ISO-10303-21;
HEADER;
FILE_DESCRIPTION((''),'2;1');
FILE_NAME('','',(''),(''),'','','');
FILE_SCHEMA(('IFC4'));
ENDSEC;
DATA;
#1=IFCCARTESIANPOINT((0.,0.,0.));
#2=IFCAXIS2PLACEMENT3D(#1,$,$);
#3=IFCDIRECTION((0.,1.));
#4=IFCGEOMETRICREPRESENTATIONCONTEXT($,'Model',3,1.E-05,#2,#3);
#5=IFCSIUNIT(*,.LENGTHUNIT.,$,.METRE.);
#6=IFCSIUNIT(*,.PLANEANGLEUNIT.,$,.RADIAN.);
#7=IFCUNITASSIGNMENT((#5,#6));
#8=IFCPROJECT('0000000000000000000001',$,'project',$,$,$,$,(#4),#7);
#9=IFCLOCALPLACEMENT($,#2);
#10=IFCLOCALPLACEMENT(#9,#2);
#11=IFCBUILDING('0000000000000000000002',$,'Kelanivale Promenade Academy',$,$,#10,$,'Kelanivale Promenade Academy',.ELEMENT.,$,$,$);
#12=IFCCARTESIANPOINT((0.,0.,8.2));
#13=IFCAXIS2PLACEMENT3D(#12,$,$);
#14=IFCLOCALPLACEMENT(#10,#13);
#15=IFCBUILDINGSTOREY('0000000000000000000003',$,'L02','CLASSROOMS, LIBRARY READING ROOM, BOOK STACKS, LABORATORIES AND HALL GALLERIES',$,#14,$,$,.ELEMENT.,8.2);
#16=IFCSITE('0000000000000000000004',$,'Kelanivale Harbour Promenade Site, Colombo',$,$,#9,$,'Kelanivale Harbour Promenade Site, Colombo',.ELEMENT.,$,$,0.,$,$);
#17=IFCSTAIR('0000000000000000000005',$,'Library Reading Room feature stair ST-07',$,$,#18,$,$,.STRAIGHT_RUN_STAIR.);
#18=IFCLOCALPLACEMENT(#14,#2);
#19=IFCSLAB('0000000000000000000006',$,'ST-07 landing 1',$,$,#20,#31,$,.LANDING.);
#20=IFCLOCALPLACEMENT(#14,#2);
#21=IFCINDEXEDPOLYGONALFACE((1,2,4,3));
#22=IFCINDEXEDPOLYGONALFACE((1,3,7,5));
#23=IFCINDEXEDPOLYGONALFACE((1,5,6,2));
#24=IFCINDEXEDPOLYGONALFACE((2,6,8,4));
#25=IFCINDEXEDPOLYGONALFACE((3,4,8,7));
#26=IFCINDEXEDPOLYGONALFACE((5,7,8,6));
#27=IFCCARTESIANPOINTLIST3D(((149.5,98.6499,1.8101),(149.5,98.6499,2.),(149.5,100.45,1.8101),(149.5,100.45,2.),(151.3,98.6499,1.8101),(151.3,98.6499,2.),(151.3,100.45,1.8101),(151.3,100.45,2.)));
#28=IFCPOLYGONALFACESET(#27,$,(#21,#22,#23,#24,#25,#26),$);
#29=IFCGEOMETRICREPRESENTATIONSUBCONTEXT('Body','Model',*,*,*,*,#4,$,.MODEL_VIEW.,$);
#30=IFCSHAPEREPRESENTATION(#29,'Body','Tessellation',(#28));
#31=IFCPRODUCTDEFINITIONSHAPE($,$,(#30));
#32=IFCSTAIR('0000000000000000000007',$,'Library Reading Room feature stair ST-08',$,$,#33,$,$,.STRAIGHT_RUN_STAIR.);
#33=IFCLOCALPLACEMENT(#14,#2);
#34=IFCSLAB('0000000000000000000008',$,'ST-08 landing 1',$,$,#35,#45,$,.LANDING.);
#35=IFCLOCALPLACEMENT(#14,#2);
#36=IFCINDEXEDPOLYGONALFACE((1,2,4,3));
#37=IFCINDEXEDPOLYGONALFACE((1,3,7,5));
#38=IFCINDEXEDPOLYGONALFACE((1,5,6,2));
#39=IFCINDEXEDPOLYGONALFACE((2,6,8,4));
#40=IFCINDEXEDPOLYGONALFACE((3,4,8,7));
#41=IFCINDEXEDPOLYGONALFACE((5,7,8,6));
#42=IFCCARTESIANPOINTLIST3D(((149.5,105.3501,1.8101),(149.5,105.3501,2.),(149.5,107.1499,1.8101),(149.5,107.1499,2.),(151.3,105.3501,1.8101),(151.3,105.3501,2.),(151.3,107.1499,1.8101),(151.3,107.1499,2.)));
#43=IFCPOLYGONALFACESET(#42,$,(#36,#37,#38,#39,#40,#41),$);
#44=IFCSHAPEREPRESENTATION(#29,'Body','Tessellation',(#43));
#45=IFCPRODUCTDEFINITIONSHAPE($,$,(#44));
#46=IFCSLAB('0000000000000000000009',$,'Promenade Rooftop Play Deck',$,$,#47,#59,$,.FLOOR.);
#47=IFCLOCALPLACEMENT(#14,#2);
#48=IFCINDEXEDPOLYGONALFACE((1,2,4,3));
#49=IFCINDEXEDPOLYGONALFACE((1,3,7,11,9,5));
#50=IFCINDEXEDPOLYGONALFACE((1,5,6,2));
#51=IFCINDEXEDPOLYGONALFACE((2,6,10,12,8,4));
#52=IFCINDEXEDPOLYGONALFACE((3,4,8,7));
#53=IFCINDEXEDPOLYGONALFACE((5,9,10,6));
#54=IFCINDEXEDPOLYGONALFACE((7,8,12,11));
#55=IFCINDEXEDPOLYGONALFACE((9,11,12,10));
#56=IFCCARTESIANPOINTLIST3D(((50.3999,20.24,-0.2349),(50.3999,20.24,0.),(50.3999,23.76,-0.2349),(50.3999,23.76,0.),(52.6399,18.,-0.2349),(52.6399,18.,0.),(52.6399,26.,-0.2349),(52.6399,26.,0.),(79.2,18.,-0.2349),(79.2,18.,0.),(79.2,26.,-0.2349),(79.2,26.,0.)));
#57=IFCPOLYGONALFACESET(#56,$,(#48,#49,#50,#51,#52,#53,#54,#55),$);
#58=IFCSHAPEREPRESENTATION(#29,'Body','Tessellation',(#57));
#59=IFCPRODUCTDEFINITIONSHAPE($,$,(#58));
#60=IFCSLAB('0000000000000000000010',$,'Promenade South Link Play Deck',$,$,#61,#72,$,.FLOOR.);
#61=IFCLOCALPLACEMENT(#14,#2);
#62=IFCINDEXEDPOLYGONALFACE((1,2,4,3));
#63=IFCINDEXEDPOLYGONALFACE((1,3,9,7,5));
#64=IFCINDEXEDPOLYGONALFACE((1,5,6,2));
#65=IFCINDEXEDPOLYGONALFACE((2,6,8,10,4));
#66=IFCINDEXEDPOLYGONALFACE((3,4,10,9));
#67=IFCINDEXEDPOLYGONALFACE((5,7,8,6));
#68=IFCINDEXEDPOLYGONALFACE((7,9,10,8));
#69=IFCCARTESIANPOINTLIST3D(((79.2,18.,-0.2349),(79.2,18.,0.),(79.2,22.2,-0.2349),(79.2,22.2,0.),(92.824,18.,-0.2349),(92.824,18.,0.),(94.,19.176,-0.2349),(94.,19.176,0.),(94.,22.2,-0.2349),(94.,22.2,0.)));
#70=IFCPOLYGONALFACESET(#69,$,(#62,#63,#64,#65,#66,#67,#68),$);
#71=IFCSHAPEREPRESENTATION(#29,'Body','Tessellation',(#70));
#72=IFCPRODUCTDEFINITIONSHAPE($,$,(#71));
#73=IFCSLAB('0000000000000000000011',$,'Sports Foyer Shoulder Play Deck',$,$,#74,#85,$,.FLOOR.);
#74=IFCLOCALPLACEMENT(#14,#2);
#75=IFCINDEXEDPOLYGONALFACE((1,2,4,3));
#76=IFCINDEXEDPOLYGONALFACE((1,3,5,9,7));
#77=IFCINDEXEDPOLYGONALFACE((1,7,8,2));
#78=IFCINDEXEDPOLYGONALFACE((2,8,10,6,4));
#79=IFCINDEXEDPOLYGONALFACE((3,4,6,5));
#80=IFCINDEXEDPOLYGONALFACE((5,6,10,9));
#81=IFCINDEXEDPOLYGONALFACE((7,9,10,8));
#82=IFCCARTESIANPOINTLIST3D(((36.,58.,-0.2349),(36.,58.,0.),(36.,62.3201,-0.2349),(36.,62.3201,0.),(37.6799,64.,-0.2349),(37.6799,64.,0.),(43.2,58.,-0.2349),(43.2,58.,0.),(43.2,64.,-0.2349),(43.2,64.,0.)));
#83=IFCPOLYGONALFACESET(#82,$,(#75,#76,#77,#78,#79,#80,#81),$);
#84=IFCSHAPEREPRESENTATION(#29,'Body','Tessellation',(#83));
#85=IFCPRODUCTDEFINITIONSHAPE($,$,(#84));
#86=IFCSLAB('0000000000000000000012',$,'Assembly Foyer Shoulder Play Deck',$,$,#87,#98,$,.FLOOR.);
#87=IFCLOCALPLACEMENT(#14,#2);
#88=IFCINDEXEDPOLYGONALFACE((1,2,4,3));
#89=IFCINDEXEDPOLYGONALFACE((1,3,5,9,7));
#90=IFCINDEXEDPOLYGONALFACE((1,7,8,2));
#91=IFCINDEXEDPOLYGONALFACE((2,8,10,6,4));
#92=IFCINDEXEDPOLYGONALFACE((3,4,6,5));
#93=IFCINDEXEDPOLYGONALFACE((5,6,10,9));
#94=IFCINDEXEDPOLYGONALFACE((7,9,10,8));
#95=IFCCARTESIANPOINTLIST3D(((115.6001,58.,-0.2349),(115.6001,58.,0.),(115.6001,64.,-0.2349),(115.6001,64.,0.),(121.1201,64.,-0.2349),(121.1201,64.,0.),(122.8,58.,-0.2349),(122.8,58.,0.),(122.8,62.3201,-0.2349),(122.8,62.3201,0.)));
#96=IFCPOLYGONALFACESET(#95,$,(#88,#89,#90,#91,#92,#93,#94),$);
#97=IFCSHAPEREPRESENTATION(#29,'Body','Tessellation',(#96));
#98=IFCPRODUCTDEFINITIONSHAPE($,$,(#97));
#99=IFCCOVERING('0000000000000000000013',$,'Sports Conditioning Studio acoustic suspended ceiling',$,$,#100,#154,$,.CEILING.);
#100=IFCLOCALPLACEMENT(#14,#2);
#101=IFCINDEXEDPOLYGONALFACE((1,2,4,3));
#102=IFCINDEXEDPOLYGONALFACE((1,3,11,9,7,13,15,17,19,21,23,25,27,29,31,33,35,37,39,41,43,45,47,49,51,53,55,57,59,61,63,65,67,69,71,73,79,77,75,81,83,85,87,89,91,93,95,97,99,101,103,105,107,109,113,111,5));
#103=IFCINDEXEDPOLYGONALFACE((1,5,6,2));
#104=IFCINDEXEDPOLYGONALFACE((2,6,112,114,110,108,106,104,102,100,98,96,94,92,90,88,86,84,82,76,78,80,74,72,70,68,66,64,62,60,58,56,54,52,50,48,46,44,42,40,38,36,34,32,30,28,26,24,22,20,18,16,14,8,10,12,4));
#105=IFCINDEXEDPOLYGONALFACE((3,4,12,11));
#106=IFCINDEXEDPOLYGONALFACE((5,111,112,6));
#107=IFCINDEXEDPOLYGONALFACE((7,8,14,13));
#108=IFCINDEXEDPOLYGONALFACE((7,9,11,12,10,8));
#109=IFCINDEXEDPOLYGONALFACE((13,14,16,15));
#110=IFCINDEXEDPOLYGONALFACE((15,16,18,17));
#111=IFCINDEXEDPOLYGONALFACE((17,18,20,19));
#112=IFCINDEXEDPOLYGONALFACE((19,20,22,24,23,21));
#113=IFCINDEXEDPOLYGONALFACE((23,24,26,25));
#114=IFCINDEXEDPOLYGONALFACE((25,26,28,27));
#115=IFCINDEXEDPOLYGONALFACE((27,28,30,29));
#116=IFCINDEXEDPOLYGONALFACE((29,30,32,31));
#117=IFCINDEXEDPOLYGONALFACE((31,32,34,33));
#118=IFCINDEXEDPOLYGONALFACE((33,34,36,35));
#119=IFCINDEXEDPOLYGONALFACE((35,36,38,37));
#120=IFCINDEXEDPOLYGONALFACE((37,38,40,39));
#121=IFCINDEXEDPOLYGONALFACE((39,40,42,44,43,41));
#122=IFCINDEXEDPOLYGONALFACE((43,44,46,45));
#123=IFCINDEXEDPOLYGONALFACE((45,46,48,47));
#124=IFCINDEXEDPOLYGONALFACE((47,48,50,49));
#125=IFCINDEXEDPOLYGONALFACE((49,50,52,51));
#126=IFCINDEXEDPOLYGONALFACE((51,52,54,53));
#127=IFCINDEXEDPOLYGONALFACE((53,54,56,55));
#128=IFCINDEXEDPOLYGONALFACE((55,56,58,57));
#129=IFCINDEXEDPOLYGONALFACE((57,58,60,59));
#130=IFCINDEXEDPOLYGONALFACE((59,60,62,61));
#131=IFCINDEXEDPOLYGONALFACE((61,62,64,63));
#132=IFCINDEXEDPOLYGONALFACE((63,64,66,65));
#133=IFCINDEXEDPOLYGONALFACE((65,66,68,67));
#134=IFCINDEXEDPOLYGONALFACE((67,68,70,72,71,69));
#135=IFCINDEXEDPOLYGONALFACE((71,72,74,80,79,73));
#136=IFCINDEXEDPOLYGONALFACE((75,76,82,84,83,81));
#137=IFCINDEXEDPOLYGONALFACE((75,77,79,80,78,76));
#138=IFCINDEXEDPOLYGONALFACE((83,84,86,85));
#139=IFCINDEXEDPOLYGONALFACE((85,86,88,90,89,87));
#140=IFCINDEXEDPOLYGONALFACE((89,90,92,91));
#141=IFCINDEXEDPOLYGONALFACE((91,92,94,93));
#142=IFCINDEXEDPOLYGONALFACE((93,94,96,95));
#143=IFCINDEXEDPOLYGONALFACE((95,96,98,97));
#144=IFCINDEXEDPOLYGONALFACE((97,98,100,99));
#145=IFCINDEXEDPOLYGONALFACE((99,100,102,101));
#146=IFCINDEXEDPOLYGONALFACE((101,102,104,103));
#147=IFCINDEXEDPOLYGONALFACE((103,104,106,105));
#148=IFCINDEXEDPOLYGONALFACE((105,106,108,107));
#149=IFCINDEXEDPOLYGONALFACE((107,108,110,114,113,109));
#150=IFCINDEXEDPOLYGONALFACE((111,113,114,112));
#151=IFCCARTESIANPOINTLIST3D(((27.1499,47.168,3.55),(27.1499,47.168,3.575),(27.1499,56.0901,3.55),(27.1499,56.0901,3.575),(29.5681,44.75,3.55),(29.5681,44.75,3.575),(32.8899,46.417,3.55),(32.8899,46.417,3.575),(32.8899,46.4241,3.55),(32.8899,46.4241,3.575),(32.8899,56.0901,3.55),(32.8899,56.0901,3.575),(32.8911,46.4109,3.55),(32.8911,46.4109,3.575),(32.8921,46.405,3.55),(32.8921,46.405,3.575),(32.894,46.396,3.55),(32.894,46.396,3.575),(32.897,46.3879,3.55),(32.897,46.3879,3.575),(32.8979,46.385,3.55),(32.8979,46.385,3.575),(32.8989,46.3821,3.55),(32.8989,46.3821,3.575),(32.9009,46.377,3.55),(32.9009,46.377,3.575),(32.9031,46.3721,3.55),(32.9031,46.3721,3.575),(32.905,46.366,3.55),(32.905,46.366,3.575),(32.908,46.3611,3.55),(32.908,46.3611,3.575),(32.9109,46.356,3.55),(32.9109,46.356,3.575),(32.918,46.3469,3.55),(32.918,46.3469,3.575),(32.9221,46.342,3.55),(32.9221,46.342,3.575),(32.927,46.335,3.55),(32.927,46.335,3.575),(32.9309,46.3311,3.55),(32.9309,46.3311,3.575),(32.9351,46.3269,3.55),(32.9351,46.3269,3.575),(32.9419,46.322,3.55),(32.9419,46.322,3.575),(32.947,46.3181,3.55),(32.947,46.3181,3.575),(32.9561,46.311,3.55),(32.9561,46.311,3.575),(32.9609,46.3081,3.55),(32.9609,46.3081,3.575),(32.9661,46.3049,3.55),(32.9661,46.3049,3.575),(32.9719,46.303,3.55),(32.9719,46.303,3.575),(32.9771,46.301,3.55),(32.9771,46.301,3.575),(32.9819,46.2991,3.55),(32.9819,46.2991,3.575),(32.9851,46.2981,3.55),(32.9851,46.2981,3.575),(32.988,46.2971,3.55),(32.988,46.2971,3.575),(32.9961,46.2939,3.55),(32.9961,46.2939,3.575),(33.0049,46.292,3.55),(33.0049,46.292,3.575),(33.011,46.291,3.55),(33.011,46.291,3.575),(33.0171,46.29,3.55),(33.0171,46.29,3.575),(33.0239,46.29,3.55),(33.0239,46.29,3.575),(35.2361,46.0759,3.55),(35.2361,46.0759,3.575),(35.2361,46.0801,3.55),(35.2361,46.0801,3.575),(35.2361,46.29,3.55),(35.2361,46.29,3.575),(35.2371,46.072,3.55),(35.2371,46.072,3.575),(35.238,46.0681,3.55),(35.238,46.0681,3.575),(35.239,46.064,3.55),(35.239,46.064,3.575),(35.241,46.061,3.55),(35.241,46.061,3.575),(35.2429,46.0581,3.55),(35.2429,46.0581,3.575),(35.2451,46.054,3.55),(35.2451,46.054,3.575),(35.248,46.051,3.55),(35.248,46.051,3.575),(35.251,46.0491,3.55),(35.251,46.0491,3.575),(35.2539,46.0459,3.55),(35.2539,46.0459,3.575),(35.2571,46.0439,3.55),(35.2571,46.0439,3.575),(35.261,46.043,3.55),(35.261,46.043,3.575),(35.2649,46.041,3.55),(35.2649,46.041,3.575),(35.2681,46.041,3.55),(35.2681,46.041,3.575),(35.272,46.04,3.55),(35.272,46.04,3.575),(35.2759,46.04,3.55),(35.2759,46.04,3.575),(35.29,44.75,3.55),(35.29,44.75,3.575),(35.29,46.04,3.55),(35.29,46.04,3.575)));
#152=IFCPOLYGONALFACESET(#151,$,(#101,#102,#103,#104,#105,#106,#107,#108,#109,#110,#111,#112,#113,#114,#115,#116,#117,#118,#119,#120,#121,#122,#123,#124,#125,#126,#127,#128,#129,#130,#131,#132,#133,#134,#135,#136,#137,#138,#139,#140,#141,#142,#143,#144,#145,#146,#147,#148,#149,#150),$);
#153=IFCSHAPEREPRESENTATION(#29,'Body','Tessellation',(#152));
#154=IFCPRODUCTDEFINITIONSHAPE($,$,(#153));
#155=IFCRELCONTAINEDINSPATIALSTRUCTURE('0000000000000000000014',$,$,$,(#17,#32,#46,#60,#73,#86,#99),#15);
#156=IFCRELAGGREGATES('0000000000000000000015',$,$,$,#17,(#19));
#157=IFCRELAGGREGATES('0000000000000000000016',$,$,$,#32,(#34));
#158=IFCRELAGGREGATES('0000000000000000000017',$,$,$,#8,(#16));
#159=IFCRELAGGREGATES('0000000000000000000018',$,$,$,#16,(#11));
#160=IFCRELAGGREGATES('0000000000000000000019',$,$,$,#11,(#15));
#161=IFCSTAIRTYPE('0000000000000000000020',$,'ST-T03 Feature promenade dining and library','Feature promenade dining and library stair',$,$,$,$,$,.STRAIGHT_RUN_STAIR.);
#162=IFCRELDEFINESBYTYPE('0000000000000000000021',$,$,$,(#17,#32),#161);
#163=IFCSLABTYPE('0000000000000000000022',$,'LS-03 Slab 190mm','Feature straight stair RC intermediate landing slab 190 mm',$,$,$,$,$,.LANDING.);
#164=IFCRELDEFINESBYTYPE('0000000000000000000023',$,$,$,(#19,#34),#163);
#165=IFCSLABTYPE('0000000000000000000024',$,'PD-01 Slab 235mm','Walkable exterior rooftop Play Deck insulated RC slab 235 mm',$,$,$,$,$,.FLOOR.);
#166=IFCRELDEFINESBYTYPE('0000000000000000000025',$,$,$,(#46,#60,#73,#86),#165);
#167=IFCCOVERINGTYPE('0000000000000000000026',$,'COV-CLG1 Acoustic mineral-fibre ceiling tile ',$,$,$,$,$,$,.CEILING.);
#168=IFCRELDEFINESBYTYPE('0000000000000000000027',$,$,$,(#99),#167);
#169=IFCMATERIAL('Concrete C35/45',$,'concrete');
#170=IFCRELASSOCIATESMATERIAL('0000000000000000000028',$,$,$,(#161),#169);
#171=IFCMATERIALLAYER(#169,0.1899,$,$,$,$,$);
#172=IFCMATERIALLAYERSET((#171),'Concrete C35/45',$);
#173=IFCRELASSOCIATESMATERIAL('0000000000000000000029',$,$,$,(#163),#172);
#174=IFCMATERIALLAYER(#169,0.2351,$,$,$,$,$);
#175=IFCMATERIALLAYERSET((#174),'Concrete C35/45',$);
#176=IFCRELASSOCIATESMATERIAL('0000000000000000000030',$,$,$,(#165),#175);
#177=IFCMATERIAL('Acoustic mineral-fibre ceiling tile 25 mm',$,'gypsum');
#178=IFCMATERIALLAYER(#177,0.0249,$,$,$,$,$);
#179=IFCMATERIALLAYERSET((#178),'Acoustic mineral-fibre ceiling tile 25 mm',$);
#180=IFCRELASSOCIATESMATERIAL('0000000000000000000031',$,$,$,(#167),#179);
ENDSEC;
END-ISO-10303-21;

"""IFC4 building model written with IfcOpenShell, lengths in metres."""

from ifc_helpers import new_model, si_unit, direction, frame, origin, place, context, subcontext, project, spatial, polyline, outline, extrude, material, layer, layer_set, type_object, element, aggregate, save


model = new_model("IFC4")

# Units and contexts
model_context = context("Model", 3, precision=1e-05, world=origin(), true_north=direction((0.0, 1.0)))
body_context = subcontext(model_context, "Body", "Model", "MODEL_VIEW")
ifc_project = project(units=[si_unit("LENGTHUNIT", "METRE"), si_unit("PLANEANGLEUNIT", "RADIAN")], contexts=[model_context])

# Site, building, storey
site_placement = place(None, origin())
site = spatial("IfcSite", under=ifc_project, at=site_placement, Name="Kelanivale Harbour Promenade Site, Colombo", LongName="Kelanivale Harbour Promenade Site, Colombo", CompositionType="ELEMENT", RefElevation=0.0)
building_placement = place(site_placement, origin())
building = spatial("IfcBuilding", under=site, at=building_placement, Name="Kelanivale Promenade Academy", LongName="Kelanivale Promenade Academy", CompositionType="ELEMENT")
storey_placement = place(building_placement, frame((0.0, 0.0, 8.2)))
storey = spatial("IfcBuildingStorey", under=building, at=storey_placement, Name="L02", Description="CLASSROOMS, LIBRARY READING ROOM, BOOK STACKS, LABORATORIES AND HALL GALLERIES", CompositionType="ELEMENT", Elevation=8.2)

# Shared definitions
ifc_material_1 = material(Name="Concrete C35/45", Category="concrete")

# Stairs, slabs
stair_type_1 = type_object("IfcStairType", Name="ST-T03 Feature promenade dining and library", Description="Feature promenade dining and library stair", PredefinedType="STRAIGHT_RUN_STAIR", material=ifc_material_1)
stair_1_placement = place(storey_placement, origin())
stair_1 = element("IfcStair", 1, at=stair_1_placement, inside=storey, type_object=stair_type_1, Name="Library Reading Room feature stair ST-07", PredefinedType="STRAIGHT_RUN_STAIR")
ifc_layer_1 = layer(ifc_material_1, 0.1899)
ifc_layer_set_1 = layer_set([ifc_layer_1], Name="Concrete C35/45")
slab_type_1 = type_object("IfcSlabType", Name="LS-03 Slab 190mm", Description="Feature straight stair RC intermediate landing slab 190 mm", PredefinedType="LANDING", material=ifc_layer_set_1)
slab_1_placement = place(storey_placement, frame((0.0, 0.0, 1.8101)))
slab_1 = element("IfcSlab", 2, at=slab_1_placement, type_object=slab_type_1, Name="ST-07 landing 1", PredefinedType="LANDING", context=body_context, shape_type="SweptSolid", body=[
    extrude(outline(polyline([(149.5, 98.6499), (151.3, 98.6499), (151.3, 100.45), (149.5, 100.45), (149.5, 98.6499)])), origin(), (0.0, 0.0, 1.0), 0.1899),
])
aggregate(stair_1, [slab_1])
stair_2_placement = place(storey_placement, origin())
stair_2 = element("IfcStair", 3, at=stair_2_placement, inside=storey, type_object=stair_type_1, Name="Library Reading Room feature stair ST-08", PredefinedType="STRAIGHT_RUN_STAIR")
slab_2_placement = place(storey_placement, frame((0.0, 0.0, 1.8101)))
slab_2 = element("IfcSlab", 4, at=slab_2_placement, type_object=slab_type_1, Name="ST-08 landing 1", PredefinedType="LANDING", context=body_context, shape_type="SweptSolid", body=[
    extrude(outline(polyline([(149.5, 105.3501), (151.3, 105.3501), (151.3, 107.1499), (149.5, 107.1499), (149.5, 105.3501)])), origin(), (0.0, 0.0, 1.0), 0.1899),
])
aggregate(stair_2, [slab_2])

# Slabs
ifc_layer_2 = layer(ifc_material_1, 0.2351)
ifc_layer_set_2 = layer_set([ifc_layer_2], Name="Concrete C35/45")
slab_type_2 = type_object("IfcSlabType", Name="PD-01 Slab 235mm", Description="Walkable exterior rooftop Play Deck insulated RC slab 235 mm", PredefinedType="FLOOR", material=ifc_layer_set_2)
slab_3_placement = place(storey_placement, frame((0.0, 0.0, -0.2349)))
element("IfcSlab", 5, at=slab_3_placement, inside=storey, type_object=slab_type_2, Name="Promenade Rooftop Play Deck", PredefinedType="FLOOR", context=body_context, shape_type="SweptSolid", body=[
    extrude(outline(polyline([(52.6399, 18.0), (79.2, 18.0), (79.2, 26.0), (52.6399, 26.0), (50.3999, 23.76), (50.3999, 20.24), (52.6399, 18.0)])), origin(), (0.0, 0.0, 1.0), 0.2349),
])
slab_4_placement = place(storey_placement, frame((0.0, 0.0, -0.2349)))
element("IfcSlab", 6, at=slab_4_placement, inside=storey, type_object=slab_type_2, Name="Promenade South Link Play Deck", PredefinedType="FLOOR", context=body_context, shape_type="SweptSolid", body=[
    extrude(outline(polyline([(92.824, 18.0), (94.0, 19.176), (94.0, 22.2), (79.2, 22.2), (79.2, 18.0), (92.824, 18.0)])), origin(), (0.0, 0.0, 1.0), 0.2349),
])
slab_5_placement = place(storey_placement, frame((0.0, 0.0, -0.2349)))
element("IfcSlab", 7, at=slab_5_placement, inside=storey, type_object=slab_type_2, Name="Sports Foyer Shoulder Play Deck", PredefinedType="FLOOR", context=body_context, shape_type="SweptSolid", body=[
    extrude(outline(polyline([(43.2, 58.0), (43.2, 64.0), (37.6799, 64.0), (36.0, 62.3201), (36.0, 58.0), (43.2, 58.0)])), origin(), (0.0, 0.0, 1.0), 0.2349),
])
slab_6_placement = place(storey_placement, frame((0.0, 0.0, -0.2349)))
element("IfcSlab", 8, at=slab_6_placement, inside=storey, type_object=slab_type_2, Name="Assembly Foyer Shoulder Play Deck", PredefinedType="FLOOR", context=body_context, shape_type="SweptSolid", body=[
    extrude(outline(polyline([(122.8, 58.0), (122.8, 62.3201), (121.1201, 64.0), (115.6001, 64.0), (115.6001, 58.0), (122.8, 58.0)])), origin(), (0.0, 0.0, 1.0), 0.2349),
])

# Covering
ifc_material_2 = material(Name="Acoustic mineral-fibre ceiling tile 25 mm", Category="gypsum")
ifc_layer_3 = layer(ifc_material_2, 0.0249)
ifc_layer_set_3 = layer_set([ifc_layer_3], Name="Acoustic mineral-fibre ceiling tile 25 mm")
covering_type_1 = type_object("IfcCoveringType", Name="COV-CLG1 Acoustic mineral-fibre ceiling tile ", PredefinedType="CEILING", material=ifc_layer_set_3)
covering_1_placement = place(storey_placement, frame((0.0, 0.0, 3.55)))
element("IfcCovering", 9, at=covering_1_placement, inside=storey, type_object=covering_type_1, Name="Sports Conditioning Studio acoustic suspended ceiling", PredefinedType="CEILING", context=body_context, shape_type="SweptSolid", body=[
    extrude(outline(polyline([(27.1499, 56.0901), (27.1499, 47.168), (29.5681, 44.75), (35.29, 44.75), (35.29, 46.04), (35.2759, 46.04), (35.272, 46.04), (35.2681, 46.041), (35.2649, 46.041), (35.261, 46.043), (35.2571, 46.0439), (35.2539, 46.0459), (35.251, 46.0491), (35.248, 46.051), (35.2451, 46.054), (35.2429, 46.0581), (35.241, 46.061), (35.239, 46.064), (35.238, 46.0681), (35.2371, 46.072), (35.2361, 46.0759), (35.2361, 46.0801), (35.2361, 46.29), (33.0239, 46.29), (33.0171, 46.29), (33.011, 46.291), (33.0049, 46.292), (32.9961, 46.2939), (32.988, 46.2971), (32.9851, 46.2981), (32.9819, 46.2991), (32.9771, 46.301), (32.9719, 46.303), (32.9661, 46.3049), (32.9609, 46.3081), (32.9561, 46.311), (32.947, 46.3181), (32.9419, 46.322), (32.9351, 46.3269), (32.9309, 46.3311), (32.927, 46.335), (32.9221, 46.342), (32.918, 46.3469), (32.9109, 46.356), (32.908, 46.3611), (32.905, 46.366), (32.9031, 46.3721), (32.9009, 46.377), (32.8989, 46.3821), (32.8979, 46.385), (32.897, 46.3879), (32.894, 46.396), (32.8921, 46.405), (32.8911, 46.4109), (32.8899, 46.417), (32.8899, 46.4241), (32.8899, 56.0901), (27.1499, 56.0901)])), origin(), (0.0, 0.0, 1.0), 0.0249),
])

save(model, "model.ifc")
